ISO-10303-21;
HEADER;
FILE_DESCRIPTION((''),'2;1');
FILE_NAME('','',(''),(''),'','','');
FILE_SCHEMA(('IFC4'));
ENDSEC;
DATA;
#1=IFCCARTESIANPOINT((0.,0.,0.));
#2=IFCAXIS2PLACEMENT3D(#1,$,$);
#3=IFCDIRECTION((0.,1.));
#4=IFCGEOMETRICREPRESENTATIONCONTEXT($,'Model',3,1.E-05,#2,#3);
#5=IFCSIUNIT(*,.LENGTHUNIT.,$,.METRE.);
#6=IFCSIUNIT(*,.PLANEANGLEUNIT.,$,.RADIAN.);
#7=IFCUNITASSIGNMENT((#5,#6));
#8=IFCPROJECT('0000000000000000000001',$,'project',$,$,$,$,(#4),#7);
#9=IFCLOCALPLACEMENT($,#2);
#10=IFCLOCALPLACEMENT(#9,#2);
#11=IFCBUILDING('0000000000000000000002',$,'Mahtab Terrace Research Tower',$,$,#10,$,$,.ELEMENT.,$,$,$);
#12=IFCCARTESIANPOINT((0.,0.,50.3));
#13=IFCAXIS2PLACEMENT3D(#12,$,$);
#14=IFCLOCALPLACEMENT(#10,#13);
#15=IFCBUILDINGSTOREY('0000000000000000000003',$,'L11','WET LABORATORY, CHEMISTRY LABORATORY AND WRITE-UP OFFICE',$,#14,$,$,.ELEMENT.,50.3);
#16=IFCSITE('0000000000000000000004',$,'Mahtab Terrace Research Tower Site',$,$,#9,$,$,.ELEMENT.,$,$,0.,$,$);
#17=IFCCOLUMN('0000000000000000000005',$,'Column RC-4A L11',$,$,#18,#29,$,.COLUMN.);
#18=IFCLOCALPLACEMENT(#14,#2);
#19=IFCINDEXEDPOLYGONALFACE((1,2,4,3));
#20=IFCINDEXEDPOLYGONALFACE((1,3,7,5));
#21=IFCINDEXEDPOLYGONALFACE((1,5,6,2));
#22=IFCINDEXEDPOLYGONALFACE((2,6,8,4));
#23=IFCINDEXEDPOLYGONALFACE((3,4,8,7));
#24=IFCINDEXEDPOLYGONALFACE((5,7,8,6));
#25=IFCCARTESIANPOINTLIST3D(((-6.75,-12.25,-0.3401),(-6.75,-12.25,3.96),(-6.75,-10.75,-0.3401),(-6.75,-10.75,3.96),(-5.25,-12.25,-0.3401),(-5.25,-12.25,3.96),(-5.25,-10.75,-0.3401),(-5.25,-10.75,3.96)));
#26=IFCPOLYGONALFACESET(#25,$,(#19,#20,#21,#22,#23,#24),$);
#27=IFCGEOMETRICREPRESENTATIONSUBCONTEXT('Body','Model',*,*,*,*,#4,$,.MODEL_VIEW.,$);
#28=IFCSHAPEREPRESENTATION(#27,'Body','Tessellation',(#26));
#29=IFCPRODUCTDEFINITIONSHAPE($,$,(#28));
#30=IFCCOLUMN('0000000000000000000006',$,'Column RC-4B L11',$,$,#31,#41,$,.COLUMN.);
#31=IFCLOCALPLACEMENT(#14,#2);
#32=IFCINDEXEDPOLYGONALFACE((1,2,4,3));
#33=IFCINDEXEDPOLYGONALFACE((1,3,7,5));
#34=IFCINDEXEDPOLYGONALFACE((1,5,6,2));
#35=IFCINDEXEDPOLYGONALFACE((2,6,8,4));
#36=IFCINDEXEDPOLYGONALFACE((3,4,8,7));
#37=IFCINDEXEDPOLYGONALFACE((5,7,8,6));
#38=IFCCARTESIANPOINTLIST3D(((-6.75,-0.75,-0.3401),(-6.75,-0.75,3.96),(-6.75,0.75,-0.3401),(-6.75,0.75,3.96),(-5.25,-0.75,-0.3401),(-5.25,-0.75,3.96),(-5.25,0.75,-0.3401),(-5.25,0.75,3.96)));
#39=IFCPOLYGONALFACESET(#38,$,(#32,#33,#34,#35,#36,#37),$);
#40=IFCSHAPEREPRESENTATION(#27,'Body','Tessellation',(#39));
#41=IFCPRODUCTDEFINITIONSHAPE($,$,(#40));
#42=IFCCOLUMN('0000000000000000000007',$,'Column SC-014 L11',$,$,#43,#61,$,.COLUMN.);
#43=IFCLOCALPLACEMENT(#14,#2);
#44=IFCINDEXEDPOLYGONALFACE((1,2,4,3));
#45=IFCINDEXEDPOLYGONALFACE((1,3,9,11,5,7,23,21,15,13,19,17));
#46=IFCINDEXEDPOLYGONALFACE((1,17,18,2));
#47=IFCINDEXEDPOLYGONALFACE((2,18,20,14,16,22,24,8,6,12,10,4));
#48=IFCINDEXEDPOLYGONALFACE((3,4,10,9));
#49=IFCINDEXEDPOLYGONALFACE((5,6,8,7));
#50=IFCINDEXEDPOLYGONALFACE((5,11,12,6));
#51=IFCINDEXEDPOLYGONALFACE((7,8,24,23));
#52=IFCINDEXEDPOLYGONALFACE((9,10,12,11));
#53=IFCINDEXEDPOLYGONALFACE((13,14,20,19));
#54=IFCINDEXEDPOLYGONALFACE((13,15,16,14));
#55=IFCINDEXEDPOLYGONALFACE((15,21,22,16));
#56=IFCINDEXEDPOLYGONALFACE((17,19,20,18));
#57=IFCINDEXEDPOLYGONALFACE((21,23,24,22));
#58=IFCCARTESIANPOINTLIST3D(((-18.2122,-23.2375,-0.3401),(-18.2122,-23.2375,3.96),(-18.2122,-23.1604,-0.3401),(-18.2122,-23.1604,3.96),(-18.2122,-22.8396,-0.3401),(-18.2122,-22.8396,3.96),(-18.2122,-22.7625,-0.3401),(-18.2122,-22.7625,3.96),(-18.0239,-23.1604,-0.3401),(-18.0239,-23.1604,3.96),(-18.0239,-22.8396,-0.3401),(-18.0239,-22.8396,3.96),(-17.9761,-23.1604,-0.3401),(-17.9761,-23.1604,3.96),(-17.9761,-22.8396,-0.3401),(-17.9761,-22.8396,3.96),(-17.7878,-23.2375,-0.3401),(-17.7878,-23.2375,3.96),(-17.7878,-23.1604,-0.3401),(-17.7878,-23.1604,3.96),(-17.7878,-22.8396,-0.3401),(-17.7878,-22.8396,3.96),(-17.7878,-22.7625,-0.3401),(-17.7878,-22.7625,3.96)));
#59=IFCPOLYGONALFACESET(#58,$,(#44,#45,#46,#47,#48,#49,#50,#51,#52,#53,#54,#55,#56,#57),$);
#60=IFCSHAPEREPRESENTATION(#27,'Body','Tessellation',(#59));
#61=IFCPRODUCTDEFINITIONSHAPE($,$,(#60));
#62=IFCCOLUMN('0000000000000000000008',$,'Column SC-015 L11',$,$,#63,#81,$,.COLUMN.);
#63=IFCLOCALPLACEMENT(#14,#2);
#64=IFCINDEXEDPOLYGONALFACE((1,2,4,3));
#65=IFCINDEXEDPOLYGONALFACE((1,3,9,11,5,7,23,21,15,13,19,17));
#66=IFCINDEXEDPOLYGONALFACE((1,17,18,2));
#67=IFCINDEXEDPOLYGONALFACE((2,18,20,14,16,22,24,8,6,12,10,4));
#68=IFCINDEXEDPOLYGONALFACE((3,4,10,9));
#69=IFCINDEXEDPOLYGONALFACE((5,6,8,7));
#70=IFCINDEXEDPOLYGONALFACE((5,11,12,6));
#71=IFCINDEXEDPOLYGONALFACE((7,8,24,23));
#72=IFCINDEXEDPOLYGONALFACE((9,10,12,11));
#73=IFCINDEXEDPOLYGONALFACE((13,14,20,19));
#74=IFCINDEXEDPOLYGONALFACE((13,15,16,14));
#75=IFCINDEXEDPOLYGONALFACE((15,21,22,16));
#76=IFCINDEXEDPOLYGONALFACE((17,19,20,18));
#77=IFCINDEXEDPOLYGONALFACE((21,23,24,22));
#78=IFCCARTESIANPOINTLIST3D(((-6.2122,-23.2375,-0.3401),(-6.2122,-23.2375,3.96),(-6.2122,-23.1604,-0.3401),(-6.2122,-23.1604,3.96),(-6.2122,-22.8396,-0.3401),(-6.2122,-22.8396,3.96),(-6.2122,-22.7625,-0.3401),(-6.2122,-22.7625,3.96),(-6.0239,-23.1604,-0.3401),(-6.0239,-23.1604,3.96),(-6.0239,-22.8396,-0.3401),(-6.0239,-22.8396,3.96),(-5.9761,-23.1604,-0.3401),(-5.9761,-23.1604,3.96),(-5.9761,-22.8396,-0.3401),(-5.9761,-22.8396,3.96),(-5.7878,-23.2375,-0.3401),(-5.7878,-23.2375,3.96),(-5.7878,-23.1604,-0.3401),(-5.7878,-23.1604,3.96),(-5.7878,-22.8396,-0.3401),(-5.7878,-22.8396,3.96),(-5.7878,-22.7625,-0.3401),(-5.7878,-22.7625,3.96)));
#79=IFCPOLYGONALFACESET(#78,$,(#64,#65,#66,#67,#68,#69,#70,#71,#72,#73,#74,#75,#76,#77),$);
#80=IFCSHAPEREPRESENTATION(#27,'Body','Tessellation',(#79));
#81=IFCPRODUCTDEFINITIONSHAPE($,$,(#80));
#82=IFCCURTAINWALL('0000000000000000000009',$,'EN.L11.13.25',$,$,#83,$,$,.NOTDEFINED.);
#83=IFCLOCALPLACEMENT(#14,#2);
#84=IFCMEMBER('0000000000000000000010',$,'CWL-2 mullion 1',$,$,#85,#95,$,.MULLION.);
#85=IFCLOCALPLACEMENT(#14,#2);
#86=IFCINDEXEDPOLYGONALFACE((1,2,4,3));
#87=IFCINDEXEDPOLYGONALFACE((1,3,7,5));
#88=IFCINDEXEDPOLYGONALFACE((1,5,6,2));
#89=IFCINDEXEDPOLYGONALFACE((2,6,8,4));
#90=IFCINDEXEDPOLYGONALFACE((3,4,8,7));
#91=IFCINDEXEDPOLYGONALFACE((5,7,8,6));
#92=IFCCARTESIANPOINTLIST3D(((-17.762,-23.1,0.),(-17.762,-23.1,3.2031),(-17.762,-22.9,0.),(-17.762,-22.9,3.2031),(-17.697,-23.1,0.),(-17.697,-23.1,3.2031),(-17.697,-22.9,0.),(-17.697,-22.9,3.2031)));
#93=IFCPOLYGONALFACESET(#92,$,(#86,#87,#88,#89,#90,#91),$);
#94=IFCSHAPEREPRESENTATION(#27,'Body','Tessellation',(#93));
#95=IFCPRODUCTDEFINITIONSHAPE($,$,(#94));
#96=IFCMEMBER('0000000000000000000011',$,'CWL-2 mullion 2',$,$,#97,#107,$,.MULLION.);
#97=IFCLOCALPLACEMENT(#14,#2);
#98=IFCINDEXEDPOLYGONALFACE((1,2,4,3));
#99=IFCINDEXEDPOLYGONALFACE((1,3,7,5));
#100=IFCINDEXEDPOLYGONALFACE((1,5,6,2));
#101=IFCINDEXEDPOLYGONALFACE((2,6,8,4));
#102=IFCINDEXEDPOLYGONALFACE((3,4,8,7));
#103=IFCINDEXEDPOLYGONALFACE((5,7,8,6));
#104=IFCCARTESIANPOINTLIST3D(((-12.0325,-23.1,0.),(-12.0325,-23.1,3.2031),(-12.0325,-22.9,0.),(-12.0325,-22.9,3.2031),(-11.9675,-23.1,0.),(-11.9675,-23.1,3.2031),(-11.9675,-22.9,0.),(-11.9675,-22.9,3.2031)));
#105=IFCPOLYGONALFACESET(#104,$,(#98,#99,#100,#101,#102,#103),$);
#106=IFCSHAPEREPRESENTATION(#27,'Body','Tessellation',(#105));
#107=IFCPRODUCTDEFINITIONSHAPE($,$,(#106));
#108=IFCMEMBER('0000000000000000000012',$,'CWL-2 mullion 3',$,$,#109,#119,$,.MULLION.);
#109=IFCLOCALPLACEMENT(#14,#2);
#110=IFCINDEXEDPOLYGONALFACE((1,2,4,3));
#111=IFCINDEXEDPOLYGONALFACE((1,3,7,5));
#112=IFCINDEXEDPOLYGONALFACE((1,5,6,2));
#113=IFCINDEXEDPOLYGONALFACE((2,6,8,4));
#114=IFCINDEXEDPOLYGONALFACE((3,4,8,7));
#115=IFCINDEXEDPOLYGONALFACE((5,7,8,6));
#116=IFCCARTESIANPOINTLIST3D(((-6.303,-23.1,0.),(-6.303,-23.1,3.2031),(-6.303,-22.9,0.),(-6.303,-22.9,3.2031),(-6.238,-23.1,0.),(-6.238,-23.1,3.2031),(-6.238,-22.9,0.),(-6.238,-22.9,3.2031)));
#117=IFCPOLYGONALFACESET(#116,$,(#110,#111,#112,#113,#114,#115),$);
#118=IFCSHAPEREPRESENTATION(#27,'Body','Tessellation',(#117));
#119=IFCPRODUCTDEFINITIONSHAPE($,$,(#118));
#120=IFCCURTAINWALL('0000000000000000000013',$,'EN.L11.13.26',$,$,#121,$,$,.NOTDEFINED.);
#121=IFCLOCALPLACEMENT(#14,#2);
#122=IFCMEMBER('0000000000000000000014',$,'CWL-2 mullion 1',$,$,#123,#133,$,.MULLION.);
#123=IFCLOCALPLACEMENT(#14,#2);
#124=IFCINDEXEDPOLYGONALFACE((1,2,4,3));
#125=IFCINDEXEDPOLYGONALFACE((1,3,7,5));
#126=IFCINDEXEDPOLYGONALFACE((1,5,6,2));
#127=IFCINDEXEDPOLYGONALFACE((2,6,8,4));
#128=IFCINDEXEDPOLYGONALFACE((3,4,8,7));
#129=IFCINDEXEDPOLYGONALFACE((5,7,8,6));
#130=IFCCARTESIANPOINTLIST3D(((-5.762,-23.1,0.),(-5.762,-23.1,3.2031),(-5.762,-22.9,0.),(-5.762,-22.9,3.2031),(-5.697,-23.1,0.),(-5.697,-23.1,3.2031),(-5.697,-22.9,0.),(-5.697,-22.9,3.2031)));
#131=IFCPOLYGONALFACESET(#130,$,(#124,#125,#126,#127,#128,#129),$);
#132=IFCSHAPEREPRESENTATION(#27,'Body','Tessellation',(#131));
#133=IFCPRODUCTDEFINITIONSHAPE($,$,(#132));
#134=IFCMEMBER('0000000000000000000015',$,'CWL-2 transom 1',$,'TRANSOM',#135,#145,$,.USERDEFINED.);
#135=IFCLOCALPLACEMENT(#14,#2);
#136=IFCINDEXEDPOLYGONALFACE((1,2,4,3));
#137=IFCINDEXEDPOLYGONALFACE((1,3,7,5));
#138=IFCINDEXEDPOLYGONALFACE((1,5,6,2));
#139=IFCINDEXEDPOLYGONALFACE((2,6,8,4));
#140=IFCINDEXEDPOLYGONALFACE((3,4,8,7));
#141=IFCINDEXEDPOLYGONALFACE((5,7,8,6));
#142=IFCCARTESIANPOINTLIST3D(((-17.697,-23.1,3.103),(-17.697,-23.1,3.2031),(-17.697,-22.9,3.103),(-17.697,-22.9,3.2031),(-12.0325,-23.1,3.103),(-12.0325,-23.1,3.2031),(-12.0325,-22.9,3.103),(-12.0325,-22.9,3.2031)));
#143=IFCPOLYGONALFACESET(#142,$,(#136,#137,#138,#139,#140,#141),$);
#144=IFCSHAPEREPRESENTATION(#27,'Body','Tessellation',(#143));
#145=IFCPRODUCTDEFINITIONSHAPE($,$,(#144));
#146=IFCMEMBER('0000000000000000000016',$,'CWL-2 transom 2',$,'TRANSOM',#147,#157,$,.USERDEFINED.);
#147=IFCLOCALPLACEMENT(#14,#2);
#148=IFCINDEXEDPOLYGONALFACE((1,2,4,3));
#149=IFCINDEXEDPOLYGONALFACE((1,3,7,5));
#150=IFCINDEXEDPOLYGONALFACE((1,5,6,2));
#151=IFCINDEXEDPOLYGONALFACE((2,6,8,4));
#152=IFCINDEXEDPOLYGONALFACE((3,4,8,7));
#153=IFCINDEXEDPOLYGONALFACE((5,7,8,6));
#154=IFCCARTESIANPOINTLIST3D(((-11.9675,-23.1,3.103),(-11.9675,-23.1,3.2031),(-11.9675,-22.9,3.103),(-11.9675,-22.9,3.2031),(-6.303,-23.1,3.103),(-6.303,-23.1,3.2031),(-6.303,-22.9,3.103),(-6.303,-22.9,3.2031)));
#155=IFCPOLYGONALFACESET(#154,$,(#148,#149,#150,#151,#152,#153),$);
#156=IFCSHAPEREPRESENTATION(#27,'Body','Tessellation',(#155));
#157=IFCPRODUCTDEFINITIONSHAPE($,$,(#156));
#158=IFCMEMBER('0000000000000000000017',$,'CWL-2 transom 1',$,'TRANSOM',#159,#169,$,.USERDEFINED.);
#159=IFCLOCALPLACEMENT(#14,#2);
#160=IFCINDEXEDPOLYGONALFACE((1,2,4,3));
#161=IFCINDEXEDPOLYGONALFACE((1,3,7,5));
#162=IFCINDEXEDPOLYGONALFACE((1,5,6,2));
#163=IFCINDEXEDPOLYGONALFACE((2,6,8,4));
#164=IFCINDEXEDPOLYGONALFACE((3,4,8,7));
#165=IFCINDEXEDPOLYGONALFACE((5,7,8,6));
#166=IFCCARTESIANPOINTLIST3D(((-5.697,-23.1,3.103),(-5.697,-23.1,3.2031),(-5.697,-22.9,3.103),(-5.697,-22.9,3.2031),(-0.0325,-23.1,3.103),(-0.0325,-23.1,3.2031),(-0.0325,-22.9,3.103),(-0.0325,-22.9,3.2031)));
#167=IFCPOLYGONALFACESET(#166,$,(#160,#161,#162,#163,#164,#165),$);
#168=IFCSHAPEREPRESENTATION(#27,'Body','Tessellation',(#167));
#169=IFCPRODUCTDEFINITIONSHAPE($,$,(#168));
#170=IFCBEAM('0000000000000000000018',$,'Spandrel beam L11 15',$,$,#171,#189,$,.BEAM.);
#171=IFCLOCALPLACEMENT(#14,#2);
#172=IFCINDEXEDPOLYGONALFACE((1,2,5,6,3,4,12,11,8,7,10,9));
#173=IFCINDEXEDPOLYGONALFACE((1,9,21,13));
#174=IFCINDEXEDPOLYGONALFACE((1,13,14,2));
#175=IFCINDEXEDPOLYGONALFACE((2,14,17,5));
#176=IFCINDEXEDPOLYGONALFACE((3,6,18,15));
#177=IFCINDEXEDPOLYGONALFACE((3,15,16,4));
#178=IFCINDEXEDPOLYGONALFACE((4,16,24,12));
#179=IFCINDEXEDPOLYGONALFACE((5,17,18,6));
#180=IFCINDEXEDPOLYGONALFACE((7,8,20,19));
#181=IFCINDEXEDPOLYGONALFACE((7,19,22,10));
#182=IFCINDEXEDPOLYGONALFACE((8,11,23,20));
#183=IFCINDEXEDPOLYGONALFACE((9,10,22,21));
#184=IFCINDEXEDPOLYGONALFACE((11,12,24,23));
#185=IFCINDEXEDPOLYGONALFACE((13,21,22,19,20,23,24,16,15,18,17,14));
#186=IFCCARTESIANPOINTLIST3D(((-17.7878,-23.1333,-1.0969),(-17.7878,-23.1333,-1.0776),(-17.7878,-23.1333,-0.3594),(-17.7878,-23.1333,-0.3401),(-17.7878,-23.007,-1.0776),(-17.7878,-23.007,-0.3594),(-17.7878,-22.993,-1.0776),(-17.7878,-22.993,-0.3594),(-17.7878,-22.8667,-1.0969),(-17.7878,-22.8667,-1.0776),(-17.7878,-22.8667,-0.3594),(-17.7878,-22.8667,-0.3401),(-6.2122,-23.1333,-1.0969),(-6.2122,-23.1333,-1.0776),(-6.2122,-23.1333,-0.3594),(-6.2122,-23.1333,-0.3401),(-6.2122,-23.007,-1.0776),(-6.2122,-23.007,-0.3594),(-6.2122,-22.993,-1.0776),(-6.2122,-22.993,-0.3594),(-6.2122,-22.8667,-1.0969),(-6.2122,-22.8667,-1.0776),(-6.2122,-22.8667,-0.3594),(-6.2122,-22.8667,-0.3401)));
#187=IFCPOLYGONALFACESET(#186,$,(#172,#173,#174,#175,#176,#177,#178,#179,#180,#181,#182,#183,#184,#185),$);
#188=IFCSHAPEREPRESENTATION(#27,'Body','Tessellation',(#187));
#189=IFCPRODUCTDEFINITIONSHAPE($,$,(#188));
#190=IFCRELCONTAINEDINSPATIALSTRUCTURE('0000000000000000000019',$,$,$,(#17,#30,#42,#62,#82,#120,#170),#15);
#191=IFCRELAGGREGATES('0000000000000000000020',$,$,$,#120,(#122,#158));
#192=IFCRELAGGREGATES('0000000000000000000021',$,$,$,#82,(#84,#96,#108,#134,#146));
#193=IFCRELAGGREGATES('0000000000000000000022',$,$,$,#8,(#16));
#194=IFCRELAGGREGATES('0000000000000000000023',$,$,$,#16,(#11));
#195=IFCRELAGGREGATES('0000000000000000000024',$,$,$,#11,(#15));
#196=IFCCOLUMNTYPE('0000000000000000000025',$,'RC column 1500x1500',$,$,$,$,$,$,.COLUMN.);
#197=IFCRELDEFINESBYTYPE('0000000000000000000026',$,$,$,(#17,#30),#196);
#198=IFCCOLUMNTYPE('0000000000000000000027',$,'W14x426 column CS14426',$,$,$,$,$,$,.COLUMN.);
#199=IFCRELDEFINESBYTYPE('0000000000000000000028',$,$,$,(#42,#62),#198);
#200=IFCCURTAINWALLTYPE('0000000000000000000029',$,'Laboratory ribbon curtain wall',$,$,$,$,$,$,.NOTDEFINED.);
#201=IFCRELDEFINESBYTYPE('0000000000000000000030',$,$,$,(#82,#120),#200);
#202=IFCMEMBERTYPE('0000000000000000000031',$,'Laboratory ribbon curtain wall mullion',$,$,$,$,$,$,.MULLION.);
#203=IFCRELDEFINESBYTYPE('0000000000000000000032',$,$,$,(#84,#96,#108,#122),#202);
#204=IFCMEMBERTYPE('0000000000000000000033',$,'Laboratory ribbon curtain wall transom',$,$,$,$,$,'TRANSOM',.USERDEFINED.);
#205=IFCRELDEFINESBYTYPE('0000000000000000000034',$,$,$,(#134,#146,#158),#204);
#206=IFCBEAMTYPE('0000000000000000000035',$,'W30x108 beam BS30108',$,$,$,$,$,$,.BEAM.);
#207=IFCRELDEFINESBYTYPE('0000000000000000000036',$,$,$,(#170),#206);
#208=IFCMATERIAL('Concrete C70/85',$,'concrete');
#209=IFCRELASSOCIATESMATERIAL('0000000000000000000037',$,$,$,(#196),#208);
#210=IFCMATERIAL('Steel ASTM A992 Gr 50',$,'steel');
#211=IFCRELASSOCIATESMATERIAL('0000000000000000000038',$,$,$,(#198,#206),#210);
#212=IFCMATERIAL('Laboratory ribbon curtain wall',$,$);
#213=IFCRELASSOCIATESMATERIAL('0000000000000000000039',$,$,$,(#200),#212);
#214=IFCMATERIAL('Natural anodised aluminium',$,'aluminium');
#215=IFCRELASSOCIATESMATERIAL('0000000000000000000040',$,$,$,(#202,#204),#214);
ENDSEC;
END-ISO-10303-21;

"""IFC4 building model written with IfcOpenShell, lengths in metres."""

from ifc_helpers import new_model, si_unit, direction, frame, origin, origin_2d, place, context, subcontext, project, spatial, rectangle, i_section, extrude, material, material_profile, profile_set, type_object, element, aggregate, save


model = new_model("IFC4")

# Units and contexts
model_context = context("Model", 3, precision=1e-05, world=origin(), true_north=direction((0.0, 1.0)))
body_context = subcontext(model_context, "Body", "Model", "MODEL_VIEW")
ifc_project = project(units=[si_unit("LENGTHUNIT", "METRE"), si_unit("PLANEANGLEUNIT", "RADIAN")], contexts=[model_context])

# Site, building, storey
site_placement = place(None, origin())
site = spatial("IfcSite", under=ifc_project, at=site_placement, Name="Mahtab Terrace Research Tower Site", CompositionType="ELEMENT", RefElevation=0.0)
building_placement = place(site_placement, origin())
building = spatial("IfcBuilding", under=site, at=building_placement, Name="Mahtab Terrace Research Tower", CompositionType="ELEMENT")
storey_placement = place(building_placement, frame((0.0, 0.0, 50.3)))
storey = spatial("IfcBuildingStorey", under=building, at=storey_placement, Name="L11", Description="WET LABORATORY, CHEMISTRY LABORATORY AND WRITE-UP OFFICE", CompositionType="ELEMENT", Elevation=50.3)

# Columns
ifc_material_1 = material(Name="Concrete C70/85", Category="concrete")
ifc_material_profile_1 = material_profile(ifc_material_1, rectangle(XDim=1.5, YDim=1.5, at=origin_2d()), Name="RC column 1500x1500")
ifc_profile_set_1 = profile_set([ifc_material_profile_1], Name="Concrete C70/85")
column_type_1 = type_object("IfcColumnType", Name="RC column 1500x1500", PredefinedType="COLUMN", material=ifc_profile_set_1)
for number, where, z_axis, x_axis, name in (
    (1, (-6.0, -11.5, -0.3401), (0.0, 0.0, 1.0), (1.0, 0.0, 0.0), "Column RC-4A L11"),
    (2, (-6.0, 0.0, -0.3401), (0.0, 0.0, 1.0), (1.0, 0.0, 0.0), "Column RC-4B L11"),
):
    element("IfcColumn", number, at=place(storey_placement, frame(where, z_axis=z_axis, x_axis=x_axis)), inside=storey, type_object=column_type_1, Name=name, PredefinedType="COLUMN", context=body_context, shape_type="SweptSolid", body=[
        extrude(rectangle(XDim=1.5, YDim=1.5, at=origin_2d()), origin(), (0.0, 0.0, 1.0), 4.3),
    ])
ifc_material_2 = material(Name="Steel ASTM A992 Gr 50", Category="steel")
ifc_material_profile_2 = material_profile(ifc_material_2, i_section(OverallWidth=0.4243, OverallDepth=0.4751, WebThickness=0.0479, FlangeThickness=0.0771, at=origin_2d()), Name="W14X426")
ifc_profile_set_2 = profile_set([ifc_material_profile_2], Name="Steel ASTM A992 Gr 50")
column_type_2 = type_object("IfcColumnType", Name="W14x426 column CS14426", PredefinedType="COLUMN", material=ifc_profile_set_2)
for number, where, z_axis, x_axis, name in (
    (3, (-18.0, -23.0, -0.3401), (0.0, 0.0, 1.0), (1.0, 0.0, 0.0), "Column SC-014 L11"),
    (4, (-6.0, -23.0, -0.3401), (0.0, 0.0, 1.0), (1.0, 0.0, 0.0), "Column SC-015 L11"),
):
    element("IfcColumn", number, at=place(storey_placement, frame(where, z_axis=z_axis, x_axis=x_axis)), inside=storey, type_object=column_type_2, Name=name, PredefinedType="COLUMN", context=body_context, shape_type="SweptSolid", body=[
        extrude(i_section(OverallWidth=0.4243, OverallDepth=0.4751, WebThickness=0.0479, FlangeThickness=0.0771, at=origin_2d()), origin(), (0.0, 0.0, 1.0), 4.3),
    ])

# Curtain wall, members
ifc_material_3 = material(Name="Laboratory ribbon curtain wall")
curtain_wall_type = type_object("IfcCurtainWallType", Name="Laboratory ribbon curtain wall", PredefinedType="NOTDEFINED", material=ifc_material_3)
curtain_wall_1_placement = place(storey_placement, origin())
curtain_wall_1 = element("IfcCurtainWall", 5, at=curtain_wall_1_placement, inside=storey, type_object=curtain_wall_type, Name="EN.L11.13.25", PredefinedType="NOTDEFINED")
ifc_material_4 = material(Name="Natural anodised aluminium", Category="aluminium")
ifc_material_profile_3 = material_profile(ifc_material_4, rectangle(XDim=0.2, YDim=0.0649, at=origin_2d()), Name="MULLION 65x200")
ifc_profile_set_3 = profile_set([ifc_material_profile_3], Name="Natural anodised aluminium")
member_type_1 = type_object("IfcMemberType", Name="Laboratory ribbon curtain wall mullion", PredefinedType="MULLION", material=ifc_profile_set_3)
member_1_placement = place(storey_placement, frame((-17.7295, -23.0, 0.0), z_axis=(0.0, 0.0, 1.0), x_axis=(0.0, 1.0, 0.0)))
member_1 = element("IfcMember", 6, at=member_1_placement, type_object=member_type_1, Name="CWL-2 mullion 1", PredefinedType="MULLION", context=body_context, shape_type="SweptSolid", body=[
    extrude(rectangle(XDim=0.2, YDim=0.0649, at=origin_2d()), origin(), (0.0, 0.0, 1.0), 3.2031),
])
member_2_placement = place(storey_placement, frame((-12.0, -23.0, 0.0), z_axis=(0.0, 0.0, 1.0), x_axis=(0.0, 1.0, 0.0)))
member_2 = element("IfcMember", 7, at=member_2_placement, type_object=member_type_1, Name="CWL-2 mullion 2", PredefinedType="MULLION", context=body_context, shape_type="SweptSolid", body=[
    extrude(rectangle(XDim=0.2, YDim=0.0649, at=origin_2d()), origin(), (0.0, 0.0, 1.0), 3.2031),
])
member_3_placement = place(storey_placement, frame((-6.2705, -23.0, 0.0), z_axis=(0.0, 0.0, 1.0), x_axis=(0.0, 1.0, 0.0)))
member_3 = element("IfcMember", 8, at=member_3_placement, type_object=member_type_1, Name="CWL-2 mullion 3", PredefinedType="MULLION", context=body_context, shape_type="SweptSolid", body=[
    extrude(rectangle(XDim=0.2, YDim=0.0649, at=origin_2d()), origin(), (0.0, 0.0, 1.0), 3.2031),
])

# Curtain wall, member
curtain_wall_2_placement = place(storey_placement, origin())
curtain_wall_2 = element("IfcCurtainWall", 9, at=curtain_wall_2_placement, inside=storey, type_object=curtain_wall_type, Name="EN.L11.13.26", PredefinedType="NOTDEFINED")
member_4_placement = place(storey_placement, frame((-5.7295, -23.0, 0.0), z_axis=(0.0, 0.0, 1.0), x_axis=(0.0, 1.0, 0.0)))
member_4 = element("IfcMember", 10, at=member_4_placement, type_object=member_type_1, Name="CWL-2 mullion 1", PredefinedType="MULLION", context=body_context, shape_type="SweptSolid", body=[
    extrude(rectangle(XDim=0.2, YDim=0.0649, at=origin_2d()), origin(), (0.0, 0.0, 1.0), 3.2031),
])

# Members
ifc_material_profile_4 = material_profile(ifc_material_4, rectangle(XDim=0.2, YDim=0.1001, at=origin_2d()), Name="TRANSOM 100x200")
ifc_profile_set_4 = profile_set([ifc_material_profile_4], Name="Natural anodised aluminium")
member_type_2 = type_object("IfcMemberType", Name="Laboratory ribbon curtain wall transom", ElementType="TRANSOM", PredefinedType="USERDEFINED", material=ifc_profile_set_4)
member_5_placement = place(storey_placement, frame((-17.697, -23.0, 3.1531), z_axis=(1.0, 0.0, 0.0), x_axis=(0.0, 1.0, 0.0)))
member_5 = element("IfcMember", 11, at=member_5_placement, type_object=member_type_2, Name="CWL-2 transom 1", ObjectType="TRANSOM", PredefinedType="USERDEFINED", context=body_context, shape_type="SweptSolid", body=[
    extrude(rectangle(XDim=0.2, YDim=0.1001, at=origin_2d()), origin(), (0.0, 0.0, 1.0), 5.6646),
])
member_6_placement = place(storey_placement, frame((-11.9675, -23.0, 3.1531), z_axis=(1.0, 0.0, 0.0), x_axis=(0.0, 1.0, 0.0)))
member_6 = element("IfcMember", 12, at=member_6_placement, type_object=member_type_2, Name="CWL-2 transom 2", ObjectType="TRANSOM", PredefinedType="USERDEFINED", context=body_context, shape_type="SweptSolid", body=[
    extrude(rectangle(XDim=0.2, YDim=0.1001, at=origin_2d()), origin(), (0.0, 0.0, 1.0), 5.6646),
])
member_7_placement = place(storey_placement, frame((-5.697, -23.0, 3.1531), z_axis=(1.0, 0.0, 0.0), x_axis=(0.0, 1.0, 0.0)))
member_7 = element("IfcMember", 13, at=member_7_placement, type_object=member_type_2, Name="CWL-2 transom 1", ObjectType="TRANSOM", PredefinedType="USERDEFINED", context=body_context, shape_type="SweptSolid", body=[
    extrude(rectangle(XDim=0.2, YDim=0.1001, at=origin_2d()), origin(), (0.0, 0.0, 1.0), 5.6646),
])
aggregate(curtain_wall_2, [member_4, member_7])

# Beam
ifc_material_profile_5 = material_profile(ifc_material_2, i_section(OverallWidth=0.2666, OverallDepth=0.7568, WebThickness=0.0139, FlangeThickness=0.0193, at=origin_2d()), Name="W30X108")
ifc_profile_set_5 = profile_set([ifc_material_profile_5], Name="Steel ASTM A992 Gr 50")
beam_type = type_object("IfcBeamType", Name="W30x108 beam BS30108", PredefinedType="BEAM", material=ifc_profile_set_5)
for number, where, z_axis, x_axis, name in (
    (14, (-17.7878, -23.0, -0.7185), (1.0, 0.0, 0.0), (0.0, 1.0, 0.0), "Spandrel beam L11 15"),
):
    element("IfcBeam", number, at=place(storey_placement, frame(where, z_axis=z_axis, x_axis=x_axis)), inside=storey, type_object=beam_type, Name=name, PredefinedType="BEAM", context=body_context, shape_type="SweptSolid", body=[
        extrude(i_section(OverallWidth=0.2666, OverallDepth=0.7568, WebThickness=0.0139, FlangeThickness=0.0193, at=origin_2d()), origin(), (0.0, 0.0, 1.0), 11.5757),
    ])

aggregate(curtain_wall_1, [member_1, member_2, member_3, member_5, member_6])

save(model, "model.ifc")
